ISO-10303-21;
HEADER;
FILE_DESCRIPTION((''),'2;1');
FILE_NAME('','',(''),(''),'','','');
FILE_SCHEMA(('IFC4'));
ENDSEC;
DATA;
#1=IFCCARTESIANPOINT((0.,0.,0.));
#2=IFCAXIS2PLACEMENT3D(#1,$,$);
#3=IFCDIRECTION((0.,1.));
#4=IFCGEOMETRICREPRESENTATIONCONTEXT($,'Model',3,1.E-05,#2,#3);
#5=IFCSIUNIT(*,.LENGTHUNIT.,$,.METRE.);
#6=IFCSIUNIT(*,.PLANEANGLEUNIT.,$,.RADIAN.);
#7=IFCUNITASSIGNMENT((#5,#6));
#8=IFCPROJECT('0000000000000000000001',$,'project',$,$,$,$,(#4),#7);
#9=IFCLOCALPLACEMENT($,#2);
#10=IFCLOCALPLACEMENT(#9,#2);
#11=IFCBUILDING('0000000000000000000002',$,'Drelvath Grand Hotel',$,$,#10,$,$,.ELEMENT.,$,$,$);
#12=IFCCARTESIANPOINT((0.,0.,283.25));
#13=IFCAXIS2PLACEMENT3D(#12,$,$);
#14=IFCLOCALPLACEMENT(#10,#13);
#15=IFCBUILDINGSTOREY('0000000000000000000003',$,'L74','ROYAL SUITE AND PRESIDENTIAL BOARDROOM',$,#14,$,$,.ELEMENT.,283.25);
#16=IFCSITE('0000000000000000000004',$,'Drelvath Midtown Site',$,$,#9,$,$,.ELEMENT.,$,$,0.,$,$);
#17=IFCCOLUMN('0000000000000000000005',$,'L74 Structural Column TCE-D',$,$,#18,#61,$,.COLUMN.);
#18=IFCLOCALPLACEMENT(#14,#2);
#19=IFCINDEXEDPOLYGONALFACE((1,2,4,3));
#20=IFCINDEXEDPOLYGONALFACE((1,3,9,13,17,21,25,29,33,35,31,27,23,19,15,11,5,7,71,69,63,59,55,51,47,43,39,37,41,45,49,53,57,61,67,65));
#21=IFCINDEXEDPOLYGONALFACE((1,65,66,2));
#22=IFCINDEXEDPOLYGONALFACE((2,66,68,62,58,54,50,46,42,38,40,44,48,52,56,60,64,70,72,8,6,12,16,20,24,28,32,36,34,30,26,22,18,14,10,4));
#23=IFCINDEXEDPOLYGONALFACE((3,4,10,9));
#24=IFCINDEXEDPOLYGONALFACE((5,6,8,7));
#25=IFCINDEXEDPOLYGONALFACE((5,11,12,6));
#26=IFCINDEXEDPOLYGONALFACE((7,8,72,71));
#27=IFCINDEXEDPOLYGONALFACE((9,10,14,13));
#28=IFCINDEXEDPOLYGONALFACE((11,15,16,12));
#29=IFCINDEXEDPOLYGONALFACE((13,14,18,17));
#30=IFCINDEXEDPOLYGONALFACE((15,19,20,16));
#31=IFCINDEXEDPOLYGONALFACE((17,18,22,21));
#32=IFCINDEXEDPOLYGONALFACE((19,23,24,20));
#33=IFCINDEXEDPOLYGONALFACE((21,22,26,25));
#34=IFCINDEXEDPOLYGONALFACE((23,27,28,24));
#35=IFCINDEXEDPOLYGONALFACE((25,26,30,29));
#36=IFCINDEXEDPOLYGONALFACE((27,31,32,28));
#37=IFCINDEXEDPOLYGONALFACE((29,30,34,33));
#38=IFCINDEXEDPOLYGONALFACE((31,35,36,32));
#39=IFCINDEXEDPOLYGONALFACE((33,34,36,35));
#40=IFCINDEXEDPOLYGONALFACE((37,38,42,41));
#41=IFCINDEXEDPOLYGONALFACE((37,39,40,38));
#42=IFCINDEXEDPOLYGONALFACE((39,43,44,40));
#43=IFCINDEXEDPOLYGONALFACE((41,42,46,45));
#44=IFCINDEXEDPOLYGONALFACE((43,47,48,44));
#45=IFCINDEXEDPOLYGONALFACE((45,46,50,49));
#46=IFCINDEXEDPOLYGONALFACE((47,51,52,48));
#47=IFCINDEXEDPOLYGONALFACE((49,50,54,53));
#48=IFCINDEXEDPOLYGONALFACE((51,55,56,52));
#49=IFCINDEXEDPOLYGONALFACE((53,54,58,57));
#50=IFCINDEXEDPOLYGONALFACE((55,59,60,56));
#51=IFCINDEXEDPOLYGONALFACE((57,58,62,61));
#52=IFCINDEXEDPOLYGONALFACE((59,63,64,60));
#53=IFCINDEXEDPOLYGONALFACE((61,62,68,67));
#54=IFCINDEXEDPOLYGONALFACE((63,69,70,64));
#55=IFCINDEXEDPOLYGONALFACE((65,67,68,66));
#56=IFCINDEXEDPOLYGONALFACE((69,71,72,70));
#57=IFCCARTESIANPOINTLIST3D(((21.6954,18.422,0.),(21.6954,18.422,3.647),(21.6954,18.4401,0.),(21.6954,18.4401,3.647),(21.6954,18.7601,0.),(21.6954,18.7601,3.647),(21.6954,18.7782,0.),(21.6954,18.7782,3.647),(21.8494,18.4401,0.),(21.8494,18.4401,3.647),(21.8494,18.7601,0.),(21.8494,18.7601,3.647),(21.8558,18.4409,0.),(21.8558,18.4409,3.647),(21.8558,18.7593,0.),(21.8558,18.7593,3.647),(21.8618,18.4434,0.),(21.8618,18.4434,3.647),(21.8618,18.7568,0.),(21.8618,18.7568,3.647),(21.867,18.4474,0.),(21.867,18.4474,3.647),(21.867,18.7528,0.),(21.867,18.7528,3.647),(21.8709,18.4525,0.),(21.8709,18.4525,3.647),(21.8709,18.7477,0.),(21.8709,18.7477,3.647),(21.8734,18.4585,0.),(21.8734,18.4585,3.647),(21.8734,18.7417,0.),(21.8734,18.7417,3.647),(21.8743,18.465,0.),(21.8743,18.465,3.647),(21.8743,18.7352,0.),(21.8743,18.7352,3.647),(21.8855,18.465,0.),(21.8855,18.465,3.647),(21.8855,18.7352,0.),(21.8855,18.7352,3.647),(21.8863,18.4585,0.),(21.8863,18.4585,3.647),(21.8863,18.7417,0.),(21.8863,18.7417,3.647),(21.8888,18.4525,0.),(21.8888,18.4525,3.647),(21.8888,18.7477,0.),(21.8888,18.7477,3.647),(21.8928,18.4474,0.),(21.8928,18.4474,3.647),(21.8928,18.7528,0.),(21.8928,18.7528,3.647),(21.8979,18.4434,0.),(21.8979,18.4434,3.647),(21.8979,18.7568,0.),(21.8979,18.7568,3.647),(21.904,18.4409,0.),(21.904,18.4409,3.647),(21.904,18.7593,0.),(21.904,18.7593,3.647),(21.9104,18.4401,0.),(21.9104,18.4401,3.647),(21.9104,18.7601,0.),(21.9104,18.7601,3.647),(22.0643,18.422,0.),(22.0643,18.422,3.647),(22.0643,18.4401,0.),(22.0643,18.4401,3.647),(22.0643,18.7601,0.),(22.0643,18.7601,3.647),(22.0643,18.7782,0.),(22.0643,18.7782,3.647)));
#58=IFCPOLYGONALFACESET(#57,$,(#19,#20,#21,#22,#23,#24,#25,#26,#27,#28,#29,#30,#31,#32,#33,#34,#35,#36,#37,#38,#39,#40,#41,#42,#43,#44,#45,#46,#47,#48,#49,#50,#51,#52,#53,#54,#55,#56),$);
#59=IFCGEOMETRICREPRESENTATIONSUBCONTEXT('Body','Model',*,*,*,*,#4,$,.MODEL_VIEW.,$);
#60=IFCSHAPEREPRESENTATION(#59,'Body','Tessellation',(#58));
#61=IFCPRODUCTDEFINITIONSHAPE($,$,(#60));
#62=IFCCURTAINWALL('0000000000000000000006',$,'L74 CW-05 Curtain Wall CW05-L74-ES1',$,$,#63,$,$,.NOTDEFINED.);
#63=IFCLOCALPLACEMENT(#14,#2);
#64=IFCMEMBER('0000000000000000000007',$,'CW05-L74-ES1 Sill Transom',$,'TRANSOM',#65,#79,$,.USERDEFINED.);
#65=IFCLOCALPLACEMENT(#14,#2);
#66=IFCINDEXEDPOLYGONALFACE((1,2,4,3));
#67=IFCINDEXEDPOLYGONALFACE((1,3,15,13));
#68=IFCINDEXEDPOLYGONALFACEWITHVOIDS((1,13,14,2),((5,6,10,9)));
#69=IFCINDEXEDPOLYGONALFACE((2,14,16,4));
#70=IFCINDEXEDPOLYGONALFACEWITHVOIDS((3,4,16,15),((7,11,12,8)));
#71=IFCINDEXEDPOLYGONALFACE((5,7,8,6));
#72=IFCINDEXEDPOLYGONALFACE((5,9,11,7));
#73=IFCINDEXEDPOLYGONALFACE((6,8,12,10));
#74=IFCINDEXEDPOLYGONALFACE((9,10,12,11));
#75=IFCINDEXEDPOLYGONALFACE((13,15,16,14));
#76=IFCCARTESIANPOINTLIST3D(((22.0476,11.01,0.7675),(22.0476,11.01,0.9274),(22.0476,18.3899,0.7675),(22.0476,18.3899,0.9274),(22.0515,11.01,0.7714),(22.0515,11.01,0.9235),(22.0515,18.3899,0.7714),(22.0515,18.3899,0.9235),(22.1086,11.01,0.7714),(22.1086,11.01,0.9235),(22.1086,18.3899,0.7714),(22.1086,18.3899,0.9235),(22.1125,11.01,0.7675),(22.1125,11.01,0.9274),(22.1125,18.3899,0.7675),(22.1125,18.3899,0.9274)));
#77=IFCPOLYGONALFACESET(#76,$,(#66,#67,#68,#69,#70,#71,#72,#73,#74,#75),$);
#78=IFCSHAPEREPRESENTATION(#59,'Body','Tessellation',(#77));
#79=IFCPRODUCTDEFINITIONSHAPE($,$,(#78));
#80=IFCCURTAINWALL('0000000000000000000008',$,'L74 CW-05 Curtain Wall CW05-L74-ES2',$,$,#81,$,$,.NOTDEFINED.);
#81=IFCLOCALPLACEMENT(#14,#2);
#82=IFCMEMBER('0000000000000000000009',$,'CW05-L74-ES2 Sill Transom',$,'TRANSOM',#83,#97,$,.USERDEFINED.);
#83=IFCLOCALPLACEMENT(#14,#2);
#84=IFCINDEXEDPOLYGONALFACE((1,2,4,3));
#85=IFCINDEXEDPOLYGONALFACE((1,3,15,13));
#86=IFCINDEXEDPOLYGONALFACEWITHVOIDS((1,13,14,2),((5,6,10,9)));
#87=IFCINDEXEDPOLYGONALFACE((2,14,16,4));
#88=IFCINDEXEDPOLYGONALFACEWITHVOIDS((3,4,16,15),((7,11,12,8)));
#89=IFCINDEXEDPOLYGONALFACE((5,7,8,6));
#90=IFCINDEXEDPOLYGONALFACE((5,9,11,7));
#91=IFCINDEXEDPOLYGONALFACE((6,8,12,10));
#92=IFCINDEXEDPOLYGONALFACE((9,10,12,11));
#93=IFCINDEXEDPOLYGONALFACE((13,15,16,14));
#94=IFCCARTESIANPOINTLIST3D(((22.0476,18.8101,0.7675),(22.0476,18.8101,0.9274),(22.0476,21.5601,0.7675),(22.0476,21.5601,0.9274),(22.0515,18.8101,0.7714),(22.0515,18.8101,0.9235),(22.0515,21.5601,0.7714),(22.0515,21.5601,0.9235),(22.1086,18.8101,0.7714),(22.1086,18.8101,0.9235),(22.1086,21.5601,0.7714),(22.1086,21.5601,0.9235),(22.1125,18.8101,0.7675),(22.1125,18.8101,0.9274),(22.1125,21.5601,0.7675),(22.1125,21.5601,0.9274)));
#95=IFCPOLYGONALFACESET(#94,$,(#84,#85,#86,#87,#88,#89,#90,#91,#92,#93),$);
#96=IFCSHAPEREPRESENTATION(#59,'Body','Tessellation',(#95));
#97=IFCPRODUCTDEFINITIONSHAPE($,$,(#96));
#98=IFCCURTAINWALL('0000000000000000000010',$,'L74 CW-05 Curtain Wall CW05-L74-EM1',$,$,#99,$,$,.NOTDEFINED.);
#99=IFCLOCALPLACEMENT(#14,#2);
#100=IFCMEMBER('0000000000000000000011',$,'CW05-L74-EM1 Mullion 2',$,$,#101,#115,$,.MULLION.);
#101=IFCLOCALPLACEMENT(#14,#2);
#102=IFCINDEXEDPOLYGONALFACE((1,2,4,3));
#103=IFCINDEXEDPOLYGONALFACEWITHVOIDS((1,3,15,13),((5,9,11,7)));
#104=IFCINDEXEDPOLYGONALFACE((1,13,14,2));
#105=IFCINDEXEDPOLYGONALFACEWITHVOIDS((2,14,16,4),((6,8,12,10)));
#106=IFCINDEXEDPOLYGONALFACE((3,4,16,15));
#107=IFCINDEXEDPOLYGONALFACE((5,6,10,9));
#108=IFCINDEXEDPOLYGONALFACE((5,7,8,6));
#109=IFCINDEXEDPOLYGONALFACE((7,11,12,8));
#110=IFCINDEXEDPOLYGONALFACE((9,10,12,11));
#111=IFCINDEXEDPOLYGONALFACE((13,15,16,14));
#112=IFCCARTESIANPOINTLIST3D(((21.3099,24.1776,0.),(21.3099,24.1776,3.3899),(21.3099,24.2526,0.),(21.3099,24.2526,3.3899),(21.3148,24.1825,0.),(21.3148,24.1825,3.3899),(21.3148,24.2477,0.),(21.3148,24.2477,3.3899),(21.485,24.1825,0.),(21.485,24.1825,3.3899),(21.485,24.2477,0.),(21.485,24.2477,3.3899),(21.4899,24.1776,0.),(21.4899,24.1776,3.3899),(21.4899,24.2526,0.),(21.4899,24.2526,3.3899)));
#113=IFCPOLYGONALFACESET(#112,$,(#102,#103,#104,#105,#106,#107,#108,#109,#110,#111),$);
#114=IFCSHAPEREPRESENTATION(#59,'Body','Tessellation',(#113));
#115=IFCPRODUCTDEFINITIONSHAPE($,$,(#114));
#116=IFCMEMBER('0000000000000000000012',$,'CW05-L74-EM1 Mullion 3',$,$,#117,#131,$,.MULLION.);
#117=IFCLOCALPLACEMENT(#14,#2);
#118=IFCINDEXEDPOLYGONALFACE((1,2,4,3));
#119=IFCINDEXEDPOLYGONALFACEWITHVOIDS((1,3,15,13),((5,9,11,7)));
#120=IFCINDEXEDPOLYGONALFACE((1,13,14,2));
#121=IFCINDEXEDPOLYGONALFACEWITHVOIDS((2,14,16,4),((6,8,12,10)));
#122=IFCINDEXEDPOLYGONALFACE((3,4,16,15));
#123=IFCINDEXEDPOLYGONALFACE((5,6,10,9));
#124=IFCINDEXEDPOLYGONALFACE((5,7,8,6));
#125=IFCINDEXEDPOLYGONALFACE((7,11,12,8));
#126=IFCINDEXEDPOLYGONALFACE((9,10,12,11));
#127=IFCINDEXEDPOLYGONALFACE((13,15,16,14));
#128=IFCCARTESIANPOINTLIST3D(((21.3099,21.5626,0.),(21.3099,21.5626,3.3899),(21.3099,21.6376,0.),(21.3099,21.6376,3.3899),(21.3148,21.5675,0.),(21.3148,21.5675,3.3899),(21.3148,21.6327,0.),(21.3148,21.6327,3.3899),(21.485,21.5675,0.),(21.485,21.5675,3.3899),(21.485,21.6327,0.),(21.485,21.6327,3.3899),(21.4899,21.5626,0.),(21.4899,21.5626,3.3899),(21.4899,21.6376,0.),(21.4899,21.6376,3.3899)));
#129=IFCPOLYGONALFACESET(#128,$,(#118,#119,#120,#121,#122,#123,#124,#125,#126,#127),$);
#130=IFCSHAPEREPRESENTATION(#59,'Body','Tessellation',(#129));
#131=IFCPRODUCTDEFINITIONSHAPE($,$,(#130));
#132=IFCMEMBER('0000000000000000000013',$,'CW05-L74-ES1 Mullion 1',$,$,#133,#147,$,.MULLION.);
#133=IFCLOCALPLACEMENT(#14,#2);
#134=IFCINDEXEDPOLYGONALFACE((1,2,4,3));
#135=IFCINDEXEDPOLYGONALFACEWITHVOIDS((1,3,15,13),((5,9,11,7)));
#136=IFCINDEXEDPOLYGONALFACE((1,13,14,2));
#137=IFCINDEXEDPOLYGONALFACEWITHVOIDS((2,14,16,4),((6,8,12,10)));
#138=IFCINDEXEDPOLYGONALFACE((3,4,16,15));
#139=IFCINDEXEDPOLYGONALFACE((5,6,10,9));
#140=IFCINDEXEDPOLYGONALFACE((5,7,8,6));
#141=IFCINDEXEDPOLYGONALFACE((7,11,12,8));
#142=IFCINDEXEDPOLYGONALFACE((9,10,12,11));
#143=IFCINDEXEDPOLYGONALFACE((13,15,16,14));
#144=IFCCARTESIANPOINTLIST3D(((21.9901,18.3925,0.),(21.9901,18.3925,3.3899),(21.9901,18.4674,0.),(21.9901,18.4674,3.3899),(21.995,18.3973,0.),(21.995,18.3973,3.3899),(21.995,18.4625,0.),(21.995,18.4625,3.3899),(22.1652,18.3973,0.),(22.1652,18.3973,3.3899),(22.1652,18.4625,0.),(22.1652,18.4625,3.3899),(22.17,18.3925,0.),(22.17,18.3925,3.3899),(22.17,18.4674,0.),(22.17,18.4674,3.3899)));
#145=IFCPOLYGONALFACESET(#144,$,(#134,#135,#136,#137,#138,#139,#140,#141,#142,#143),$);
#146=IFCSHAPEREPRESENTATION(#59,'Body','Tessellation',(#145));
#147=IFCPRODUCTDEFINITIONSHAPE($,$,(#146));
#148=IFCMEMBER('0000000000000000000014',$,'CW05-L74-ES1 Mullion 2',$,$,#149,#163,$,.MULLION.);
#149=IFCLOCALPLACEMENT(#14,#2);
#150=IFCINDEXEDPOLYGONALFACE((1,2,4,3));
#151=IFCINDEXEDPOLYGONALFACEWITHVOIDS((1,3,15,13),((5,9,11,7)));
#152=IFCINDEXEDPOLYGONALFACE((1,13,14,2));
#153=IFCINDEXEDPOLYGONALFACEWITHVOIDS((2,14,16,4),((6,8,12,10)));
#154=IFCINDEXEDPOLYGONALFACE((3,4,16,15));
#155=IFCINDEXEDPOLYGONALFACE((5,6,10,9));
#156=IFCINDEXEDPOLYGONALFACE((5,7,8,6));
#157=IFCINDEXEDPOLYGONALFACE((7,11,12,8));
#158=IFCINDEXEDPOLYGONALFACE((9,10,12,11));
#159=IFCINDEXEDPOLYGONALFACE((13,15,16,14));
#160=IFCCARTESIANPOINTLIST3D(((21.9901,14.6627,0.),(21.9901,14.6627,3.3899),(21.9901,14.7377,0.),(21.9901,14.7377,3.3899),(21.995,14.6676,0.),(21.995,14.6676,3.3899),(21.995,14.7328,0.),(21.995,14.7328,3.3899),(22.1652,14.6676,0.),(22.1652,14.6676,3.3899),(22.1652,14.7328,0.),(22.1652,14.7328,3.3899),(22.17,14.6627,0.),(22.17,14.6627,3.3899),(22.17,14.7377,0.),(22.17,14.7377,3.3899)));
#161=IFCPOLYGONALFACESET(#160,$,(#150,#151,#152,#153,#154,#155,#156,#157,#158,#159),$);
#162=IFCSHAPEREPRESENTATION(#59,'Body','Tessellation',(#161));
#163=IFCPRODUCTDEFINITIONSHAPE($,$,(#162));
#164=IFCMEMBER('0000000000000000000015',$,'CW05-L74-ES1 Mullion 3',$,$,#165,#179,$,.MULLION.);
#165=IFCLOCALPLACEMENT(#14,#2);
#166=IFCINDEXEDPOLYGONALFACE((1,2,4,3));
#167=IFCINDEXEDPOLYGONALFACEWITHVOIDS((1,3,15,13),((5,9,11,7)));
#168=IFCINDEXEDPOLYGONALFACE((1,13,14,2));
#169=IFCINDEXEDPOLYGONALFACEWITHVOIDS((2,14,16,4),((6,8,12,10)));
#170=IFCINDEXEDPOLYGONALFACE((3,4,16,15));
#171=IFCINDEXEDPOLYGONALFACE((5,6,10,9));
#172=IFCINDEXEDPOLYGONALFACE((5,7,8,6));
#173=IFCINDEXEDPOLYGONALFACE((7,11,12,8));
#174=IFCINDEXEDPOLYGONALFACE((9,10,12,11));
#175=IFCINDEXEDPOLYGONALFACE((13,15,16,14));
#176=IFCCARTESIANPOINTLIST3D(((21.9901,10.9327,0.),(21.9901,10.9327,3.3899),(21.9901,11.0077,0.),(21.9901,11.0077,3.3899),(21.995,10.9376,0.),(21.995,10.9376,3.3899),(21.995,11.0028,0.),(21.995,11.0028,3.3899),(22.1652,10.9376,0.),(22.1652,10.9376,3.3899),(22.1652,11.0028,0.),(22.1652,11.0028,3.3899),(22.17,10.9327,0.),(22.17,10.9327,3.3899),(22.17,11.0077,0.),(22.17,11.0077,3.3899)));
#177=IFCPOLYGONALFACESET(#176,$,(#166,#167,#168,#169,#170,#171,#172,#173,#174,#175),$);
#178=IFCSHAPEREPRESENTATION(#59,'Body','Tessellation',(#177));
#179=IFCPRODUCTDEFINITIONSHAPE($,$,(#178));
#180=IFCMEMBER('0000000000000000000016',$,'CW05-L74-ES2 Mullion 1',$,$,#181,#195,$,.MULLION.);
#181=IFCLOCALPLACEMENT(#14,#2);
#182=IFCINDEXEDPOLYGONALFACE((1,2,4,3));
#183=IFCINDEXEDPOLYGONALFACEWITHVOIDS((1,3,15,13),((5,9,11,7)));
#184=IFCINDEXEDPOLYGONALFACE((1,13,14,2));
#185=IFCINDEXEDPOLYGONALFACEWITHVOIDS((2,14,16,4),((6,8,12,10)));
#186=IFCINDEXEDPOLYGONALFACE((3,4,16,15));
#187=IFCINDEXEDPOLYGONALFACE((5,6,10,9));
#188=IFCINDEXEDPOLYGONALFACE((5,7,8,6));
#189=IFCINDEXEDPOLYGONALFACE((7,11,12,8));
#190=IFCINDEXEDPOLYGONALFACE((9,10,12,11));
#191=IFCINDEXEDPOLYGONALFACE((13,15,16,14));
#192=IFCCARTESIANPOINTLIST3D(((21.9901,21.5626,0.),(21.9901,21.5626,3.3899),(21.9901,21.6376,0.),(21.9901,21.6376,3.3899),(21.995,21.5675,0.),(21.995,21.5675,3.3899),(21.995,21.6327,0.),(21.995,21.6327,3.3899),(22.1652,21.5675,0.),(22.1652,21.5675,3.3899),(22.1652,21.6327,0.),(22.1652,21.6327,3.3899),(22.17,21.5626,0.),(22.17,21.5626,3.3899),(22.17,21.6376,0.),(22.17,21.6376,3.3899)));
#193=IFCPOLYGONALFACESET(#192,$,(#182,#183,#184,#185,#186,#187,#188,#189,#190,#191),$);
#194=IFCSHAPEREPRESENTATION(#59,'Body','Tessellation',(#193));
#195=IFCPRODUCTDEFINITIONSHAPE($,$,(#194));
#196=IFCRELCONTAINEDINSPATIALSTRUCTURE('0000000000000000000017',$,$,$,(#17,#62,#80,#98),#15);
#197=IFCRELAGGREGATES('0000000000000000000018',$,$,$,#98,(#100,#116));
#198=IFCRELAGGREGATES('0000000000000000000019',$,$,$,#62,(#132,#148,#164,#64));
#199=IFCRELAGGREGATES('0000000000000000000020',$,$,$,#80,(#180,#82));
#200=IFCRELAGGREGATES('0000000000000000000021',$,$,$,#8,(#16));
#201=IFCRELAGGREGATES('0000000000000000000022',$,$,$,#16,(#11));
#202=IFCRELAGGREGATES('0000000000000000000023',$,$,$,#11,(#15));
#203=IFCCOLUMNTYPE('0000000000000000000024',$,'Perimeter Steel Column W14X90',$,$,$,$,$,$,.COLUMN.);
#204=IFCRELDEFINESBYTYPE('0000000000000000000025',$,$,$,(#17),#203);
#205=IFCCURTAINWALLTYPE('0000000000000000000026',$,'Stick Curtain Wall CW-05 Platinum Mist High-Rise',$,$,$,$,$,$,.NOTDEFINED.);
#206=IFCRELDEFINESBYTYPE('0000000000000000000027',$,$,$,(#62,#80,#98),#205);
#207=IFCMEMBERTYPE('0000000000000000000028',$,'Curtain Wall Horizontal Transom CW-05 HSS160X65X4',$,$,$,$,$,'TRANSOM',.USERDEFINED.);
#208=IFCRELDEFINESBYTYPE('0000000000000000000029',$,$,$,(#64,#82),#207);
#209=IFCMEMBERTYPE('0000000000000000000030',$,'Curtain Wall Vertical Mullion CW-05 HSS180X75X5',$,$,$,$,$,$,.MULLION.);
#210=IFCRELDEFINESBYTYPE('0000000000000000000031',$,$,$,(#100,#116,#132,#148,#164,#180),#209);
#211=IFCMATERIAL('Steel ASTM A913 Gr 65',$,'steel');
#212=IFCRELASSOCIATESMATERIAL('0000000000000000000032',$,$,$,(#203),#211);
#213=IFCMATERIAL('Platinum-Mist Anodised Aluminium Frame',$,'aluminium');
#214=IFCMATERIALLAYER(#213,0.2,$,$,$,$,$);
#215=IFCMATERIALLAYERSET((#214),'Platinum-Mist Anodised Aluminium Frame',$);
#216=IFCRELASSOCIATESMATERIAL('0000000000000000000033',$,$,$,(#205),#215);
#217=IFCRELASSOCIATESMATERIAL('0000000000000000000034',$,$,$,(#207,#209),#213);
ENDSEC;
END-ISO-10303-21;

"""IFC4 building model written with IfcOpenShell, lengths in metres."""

from ifc_helpers import new_model, si_unit, direction, frame, origin, origin_2d, place, context, subcontext, project, spatial, hollow_rectangle, i_section, extrude, material, layer, layer_set, material_profile, profile_set, type_object, element, aggregate, save


model = new_model("IFC4")

# Units and contexts
model_context = context("Model", 3, precision=1e-05, world=origin(), true_north=direction((0.0, 1.0)))
body_context = subcontext(model_context, "Body", "Model", "MODEL_VIEW")
ifc_project = project(units=[si_unit("LENGTHUNIT", "METRE"), si_unit("PLANEANGLEUNIT", "RADIAN")], contexts=[model_context])

# Site, building, storey
site_placement = place(None, origin())
site = spatial("IfcSite", under=ifc_project, at=site_placement, Name="Drelvath Midtown Site", CompositionType="ELEMENT", RefElevation=0.0)
building_placement = place(site_placement, origin())
building = spatial("IfcBuilding", under=site, at=building_placement, Name="Drelvath Grand Hotel", CompositionType="ELEMENT")
storey_placement = place(building_placement, frame((0.0, 0.0, 283.25)))
storey = spatial("IfcBuildingStorey", under=building, at=storey_placement, Name="L74", Description="ROYAL SUITE AND PRESIDENTIAL BOARDROOM", CompositionType="ELEMENT", Elevation=283.25)

# Column
ifc_material_1 = material(Name="Steel ASTM A913 Gr 65", Category="steel")
ifc_material_profile_1 = material_profile(ifc_material_1, i_section(OverallWidth=0.3689, OverallDepth=0.3562, WebThickness=0.0112, FlangeThickness=0.0181, FilletRadius=0.0249, at=origin_2d()), Name="W14X90")
ifc_profile_set_1 = profile_set([ifc_material_profile_1], Name="Steel ASTM A913 Gr 65")
column_type = type_object("IfcColumnType", Name="Perimeter Steel Column W14X90", PredefinedType="COLUMN", material=ifc_profile_set_1)
column_placement = place(storey_placement, frame((21.8799, 18.6001, 0.0), z_axis=(0.0, 0.0, 1.0), x_axis=(1.0, 0.0, 0.0)))
element("IfcColumn", 1, at=column_placement, inside=storey, type_object=column_type, Name="L74 Structural Column TCE-D", PredefinedType="COLUMN", context=body_context, shape_type="SweptSolid", body=[
    extrude(i_section(OverallWidth=0.3689, OverallDepth=0.3562, WebThickness=0.0112, FlangeThickness=0.0181, FilletRadius=0.0249, at=origin_2d()), origin(), (0.0, 0.0, 1.0), 3.647),
])

# Curtain walls, members
ifc_material_2 = material(Name="Platinum-Mist Anodised Aluminium Frame", Category="aluminium")
ifc_layer_1 = layer(ifc_material_2, 0.2)
ifc_layer_set_1 = layer_set([ifc_layer_1], Name="Platinum-Mist Anodised Aluminium Frame")
curtain_wall_type = type_object("IfcCurtainWallType", Name="Stick Curtain Wall CW-05 Platinum Mist High-Rise", PredefinedType="NOTDEFINED", material=ifc_layer_set_1)
curtain_wall_1_placement = place(storey_placement, origin())
curtain_wall_1 = element("IfcCurtainWall", 2, at=curtain_wall_1_placement, inside=storey, type_object=curtain_wall_type, Name="L74 CW-05 Curtain Wall CW05-L74-ES1", PredefinedType="NOTDEFINED")
ifc_material_profile_2 = material_profile(ifc_material_2, hollow_rectangle(XDim=0.0649, YDim=0.1599, WallThickness=0.0039, at=origin_2d()), Name="HSS160X65X4")
ifc_profile_set_2 = profile_set([ifc_material_profile_2], Name="Platinum-Mist Anodised Aluminium Frame")
member_type_1 = type_object("IfcMemberType", Name="Curtain Wall Horizontal Transom CW-05 HSS160X65X4", ElementType="TRANSOM", PredefinedType="USERDEFINED", material=ifc_profile_set_2)
member_1_placement = place(storey_placement, frame((22.0801, 18.3899, 0.8474), z_axis=(0.0, -1.0, 0.0), x_axis=(1.0, 0.0, 0.0)))
member_1 = element("IfcMember", 3, at=member_1_placement, type_object=member_type_1, Name="CW05-L74-ES1 Sill Transom", ObjectType="TRANSOM", PredefinedType="USERDEFINED", context=body_context, shape_type="SweptSolid", body=[
    extrude(hollow_rectangle(XDim=0.0649, YDim=0.1599, WallThickness=0.0039, at=origin_2d()), origin(), (0.0, 0.0, 1.0), 7.3799),
])
curtain_wall_2_placement = place(storey_placement, origin())
curtain_wall_2 = element("IfcCurtainWall", 4, at=curtain_wall_2_placement, inside=storey, type_object=curtain_wall_type, Name="L74 CW-05 Curtain Wall CW05-L74-ES2", PredefinedType="NOTDEFINED")
member_2_placement = place(storey_placement, frame((22.0801, 21.5601, 0.8474), z_axis=(0.0, -1.0, 0.0), x_axis=(1.0, 0.0, 0.0)))
member_2 = element("IfcMember", 5, at=member_2_placement, type_object=member_type_1, Name="CW05-L74-ES2 Sill Transom", ObjectType="TRANSOM", PredefinedType="USERDEFINED", context=body_context, shape_type="SweptSolid", body=[
    extrude(hollow_rectangle(XDim=0.0649, YDim=0.1599, WallThickness=0.0039, at=origin_2d()), origin(), (0.0, 0.0, 1.0), 2.75),
])

# Curtain wall, members
curtain_wall_3_placement = place(storey_placement, origin())
curtain_wall_3 = element("IfcCurtainWall", 6, at=curtain_wall_3_placement, inside=storey, type_object=curtain_wall_type, Name="L74 CW-05 Curtain Wall CW05-L74-EM1", PredefinedType="NOTDEFINED")
ifc_material_profile_3 = material_profile(ifc_material_2, hollow_rectangle(XDim=0.075, YDim=0.1799, WallThickness=0.0049, at=origin_2d()), Name="HSS180X75X5")
ifc_profile_set_3 = profile_set([ifc_material_profile_3], Name="Platinum-Mist Anodised Aluminium Frame")
member_type_2 = type_object("IfcMemberType", Name="Curtain Wall Vertical Mullion CW-05 HSS180X75X5", PredefinedType="MULLION", material=ifc_profile_set_3)
member_3_placement = place(storey_placement, frame((21.3999, 24.2151, 0.0), z_axis=(0.0, 0.0, 1.0), x_axis=(0.0, 1.0, 0.0)))
member_3 = element("IfcMember", 7, at=member_3_placement, type_object=member_type_2, Name="CW05-L74-EM1 Mullion 2", PredefinedType="MULLION", context=body_context, shape_type="SweptSolid", body=[
    extrude(hollow_rectangle(XDim=0.075, YDim=0.1799, WallThickness=0.0049, at=origin_2d()), origin(), (0.0, 0.0, 1.0), 3.3899),
])
member_4_placement = place(storey_placement, frame((21.3999, 21.6001, 0.0), z_axis=(0.0, 0.0, 1.0), x_axis=(0.0, 1.0, 0.0)))
member_4 = element("IfcMember", 8, at=member_4_placement, type_object=member_type_2, Name="CW05-L74-EM1 Mullion 3", PredefinedType="MULLION", context=body_context, shape_type="SweptSolid", body=[
    extrude(hollow_rectangle(XDim=0.075, YDim=0.1799, WallThickness=0.0049, at=origin_2d()), origin(), (0.0, 0.0, 1.0), 3.3899),
])

# Members
member_5_placement = place(storey_placement, frame((22.0801, 18.4299, 0.0), z_axis=(0.0, 0.0, 1.0), x_axis=(0.0, 1.0, 0.0)))
member_5 = element("IfcMember", 9, at=member_5_placement, type_object=member_type_2, Name="CW05-L74-ES1 Mullion 1", PredefinedType="MULLION", context=body_context, shape_type="SweptSolid", body=[
    extrude(hollow_rectangle(XDim=0.075, YDim=0.1799, WallThickness=0.0049, at=origin_2d()), origin(), (0.0, 0.0, 1.0), 3.3899),
])
member_6_placement = place(storey_placement, frame((22.0801, 14.7002, 0.0), z_axis=(0.0, 0.0, 1.0), x_axis=(0.0, 1.0, 0.0)))
member_6 = element("IfcMember", 10, at=member_6_placement, type_object=member_type_2, Name="CW05-L74-ES1 Mullion 2", PredefinedType="MULLION", context=body_context, shape_type="SweptSolid", body=[
    extrude(hollow_rectangle(XDim=0.075, YDim=0.1799, WallThickness=0.0049, at=origin_2d()), origin(), (0.0, 0.0, 1.0), 3.3899),
])
member_7_placement = place(storey_placement, frame((22.0801, 10.9702, 0.0), z_axis=(0.0, 0.0, 1.0), x_axis=(0.0, 1.0, 0.0)))
member_7 = element("IfcMember", 11, at=member_7_placement, type_object=member_type_2, Name="CW05-L74-ES1 Mullion 3", PredefinedType="MULLION", context=body_context, shape_type="SweptSolid", body=[
    extrude(hollow_rectangle(XDim=0.075, YDim=0.1799, WallThickness=0.0049, at=origin_2d()), origin(), (0.0, 0.0, 1.0), 3.3899),
])
member_8_placement = place(storey_placement, frame((22.0801, 21.6001, 0.0), z_axis=(0.0, 0.0, 1.0), x_axis=(0.0, 1.0, 0.0)))
member_8 = element("IfcMember", 12, at=member_8_placement, type_object=member_type_2, Name="CW05-L74-ES2 Mullion 1", PredefinedType="MULLION", context=body_context, shape_type="SweptSolid", body=[
    extrude(hollow_rectangle(XDim=0.075, YDim=0.1799, WallThickness=0.0049, at=origin_2d()), origin(), (0.0, 0.0, 1.0), 3.3899),
])

aggregate(curtain_wall_3, [member_3, member_4])
aggregate(curtain_wall_1, [member_5, member_6, member_7, member_1])
aggregate(curtain_wall_2, [member_8, member_2])

save(model, "model.ifc")
